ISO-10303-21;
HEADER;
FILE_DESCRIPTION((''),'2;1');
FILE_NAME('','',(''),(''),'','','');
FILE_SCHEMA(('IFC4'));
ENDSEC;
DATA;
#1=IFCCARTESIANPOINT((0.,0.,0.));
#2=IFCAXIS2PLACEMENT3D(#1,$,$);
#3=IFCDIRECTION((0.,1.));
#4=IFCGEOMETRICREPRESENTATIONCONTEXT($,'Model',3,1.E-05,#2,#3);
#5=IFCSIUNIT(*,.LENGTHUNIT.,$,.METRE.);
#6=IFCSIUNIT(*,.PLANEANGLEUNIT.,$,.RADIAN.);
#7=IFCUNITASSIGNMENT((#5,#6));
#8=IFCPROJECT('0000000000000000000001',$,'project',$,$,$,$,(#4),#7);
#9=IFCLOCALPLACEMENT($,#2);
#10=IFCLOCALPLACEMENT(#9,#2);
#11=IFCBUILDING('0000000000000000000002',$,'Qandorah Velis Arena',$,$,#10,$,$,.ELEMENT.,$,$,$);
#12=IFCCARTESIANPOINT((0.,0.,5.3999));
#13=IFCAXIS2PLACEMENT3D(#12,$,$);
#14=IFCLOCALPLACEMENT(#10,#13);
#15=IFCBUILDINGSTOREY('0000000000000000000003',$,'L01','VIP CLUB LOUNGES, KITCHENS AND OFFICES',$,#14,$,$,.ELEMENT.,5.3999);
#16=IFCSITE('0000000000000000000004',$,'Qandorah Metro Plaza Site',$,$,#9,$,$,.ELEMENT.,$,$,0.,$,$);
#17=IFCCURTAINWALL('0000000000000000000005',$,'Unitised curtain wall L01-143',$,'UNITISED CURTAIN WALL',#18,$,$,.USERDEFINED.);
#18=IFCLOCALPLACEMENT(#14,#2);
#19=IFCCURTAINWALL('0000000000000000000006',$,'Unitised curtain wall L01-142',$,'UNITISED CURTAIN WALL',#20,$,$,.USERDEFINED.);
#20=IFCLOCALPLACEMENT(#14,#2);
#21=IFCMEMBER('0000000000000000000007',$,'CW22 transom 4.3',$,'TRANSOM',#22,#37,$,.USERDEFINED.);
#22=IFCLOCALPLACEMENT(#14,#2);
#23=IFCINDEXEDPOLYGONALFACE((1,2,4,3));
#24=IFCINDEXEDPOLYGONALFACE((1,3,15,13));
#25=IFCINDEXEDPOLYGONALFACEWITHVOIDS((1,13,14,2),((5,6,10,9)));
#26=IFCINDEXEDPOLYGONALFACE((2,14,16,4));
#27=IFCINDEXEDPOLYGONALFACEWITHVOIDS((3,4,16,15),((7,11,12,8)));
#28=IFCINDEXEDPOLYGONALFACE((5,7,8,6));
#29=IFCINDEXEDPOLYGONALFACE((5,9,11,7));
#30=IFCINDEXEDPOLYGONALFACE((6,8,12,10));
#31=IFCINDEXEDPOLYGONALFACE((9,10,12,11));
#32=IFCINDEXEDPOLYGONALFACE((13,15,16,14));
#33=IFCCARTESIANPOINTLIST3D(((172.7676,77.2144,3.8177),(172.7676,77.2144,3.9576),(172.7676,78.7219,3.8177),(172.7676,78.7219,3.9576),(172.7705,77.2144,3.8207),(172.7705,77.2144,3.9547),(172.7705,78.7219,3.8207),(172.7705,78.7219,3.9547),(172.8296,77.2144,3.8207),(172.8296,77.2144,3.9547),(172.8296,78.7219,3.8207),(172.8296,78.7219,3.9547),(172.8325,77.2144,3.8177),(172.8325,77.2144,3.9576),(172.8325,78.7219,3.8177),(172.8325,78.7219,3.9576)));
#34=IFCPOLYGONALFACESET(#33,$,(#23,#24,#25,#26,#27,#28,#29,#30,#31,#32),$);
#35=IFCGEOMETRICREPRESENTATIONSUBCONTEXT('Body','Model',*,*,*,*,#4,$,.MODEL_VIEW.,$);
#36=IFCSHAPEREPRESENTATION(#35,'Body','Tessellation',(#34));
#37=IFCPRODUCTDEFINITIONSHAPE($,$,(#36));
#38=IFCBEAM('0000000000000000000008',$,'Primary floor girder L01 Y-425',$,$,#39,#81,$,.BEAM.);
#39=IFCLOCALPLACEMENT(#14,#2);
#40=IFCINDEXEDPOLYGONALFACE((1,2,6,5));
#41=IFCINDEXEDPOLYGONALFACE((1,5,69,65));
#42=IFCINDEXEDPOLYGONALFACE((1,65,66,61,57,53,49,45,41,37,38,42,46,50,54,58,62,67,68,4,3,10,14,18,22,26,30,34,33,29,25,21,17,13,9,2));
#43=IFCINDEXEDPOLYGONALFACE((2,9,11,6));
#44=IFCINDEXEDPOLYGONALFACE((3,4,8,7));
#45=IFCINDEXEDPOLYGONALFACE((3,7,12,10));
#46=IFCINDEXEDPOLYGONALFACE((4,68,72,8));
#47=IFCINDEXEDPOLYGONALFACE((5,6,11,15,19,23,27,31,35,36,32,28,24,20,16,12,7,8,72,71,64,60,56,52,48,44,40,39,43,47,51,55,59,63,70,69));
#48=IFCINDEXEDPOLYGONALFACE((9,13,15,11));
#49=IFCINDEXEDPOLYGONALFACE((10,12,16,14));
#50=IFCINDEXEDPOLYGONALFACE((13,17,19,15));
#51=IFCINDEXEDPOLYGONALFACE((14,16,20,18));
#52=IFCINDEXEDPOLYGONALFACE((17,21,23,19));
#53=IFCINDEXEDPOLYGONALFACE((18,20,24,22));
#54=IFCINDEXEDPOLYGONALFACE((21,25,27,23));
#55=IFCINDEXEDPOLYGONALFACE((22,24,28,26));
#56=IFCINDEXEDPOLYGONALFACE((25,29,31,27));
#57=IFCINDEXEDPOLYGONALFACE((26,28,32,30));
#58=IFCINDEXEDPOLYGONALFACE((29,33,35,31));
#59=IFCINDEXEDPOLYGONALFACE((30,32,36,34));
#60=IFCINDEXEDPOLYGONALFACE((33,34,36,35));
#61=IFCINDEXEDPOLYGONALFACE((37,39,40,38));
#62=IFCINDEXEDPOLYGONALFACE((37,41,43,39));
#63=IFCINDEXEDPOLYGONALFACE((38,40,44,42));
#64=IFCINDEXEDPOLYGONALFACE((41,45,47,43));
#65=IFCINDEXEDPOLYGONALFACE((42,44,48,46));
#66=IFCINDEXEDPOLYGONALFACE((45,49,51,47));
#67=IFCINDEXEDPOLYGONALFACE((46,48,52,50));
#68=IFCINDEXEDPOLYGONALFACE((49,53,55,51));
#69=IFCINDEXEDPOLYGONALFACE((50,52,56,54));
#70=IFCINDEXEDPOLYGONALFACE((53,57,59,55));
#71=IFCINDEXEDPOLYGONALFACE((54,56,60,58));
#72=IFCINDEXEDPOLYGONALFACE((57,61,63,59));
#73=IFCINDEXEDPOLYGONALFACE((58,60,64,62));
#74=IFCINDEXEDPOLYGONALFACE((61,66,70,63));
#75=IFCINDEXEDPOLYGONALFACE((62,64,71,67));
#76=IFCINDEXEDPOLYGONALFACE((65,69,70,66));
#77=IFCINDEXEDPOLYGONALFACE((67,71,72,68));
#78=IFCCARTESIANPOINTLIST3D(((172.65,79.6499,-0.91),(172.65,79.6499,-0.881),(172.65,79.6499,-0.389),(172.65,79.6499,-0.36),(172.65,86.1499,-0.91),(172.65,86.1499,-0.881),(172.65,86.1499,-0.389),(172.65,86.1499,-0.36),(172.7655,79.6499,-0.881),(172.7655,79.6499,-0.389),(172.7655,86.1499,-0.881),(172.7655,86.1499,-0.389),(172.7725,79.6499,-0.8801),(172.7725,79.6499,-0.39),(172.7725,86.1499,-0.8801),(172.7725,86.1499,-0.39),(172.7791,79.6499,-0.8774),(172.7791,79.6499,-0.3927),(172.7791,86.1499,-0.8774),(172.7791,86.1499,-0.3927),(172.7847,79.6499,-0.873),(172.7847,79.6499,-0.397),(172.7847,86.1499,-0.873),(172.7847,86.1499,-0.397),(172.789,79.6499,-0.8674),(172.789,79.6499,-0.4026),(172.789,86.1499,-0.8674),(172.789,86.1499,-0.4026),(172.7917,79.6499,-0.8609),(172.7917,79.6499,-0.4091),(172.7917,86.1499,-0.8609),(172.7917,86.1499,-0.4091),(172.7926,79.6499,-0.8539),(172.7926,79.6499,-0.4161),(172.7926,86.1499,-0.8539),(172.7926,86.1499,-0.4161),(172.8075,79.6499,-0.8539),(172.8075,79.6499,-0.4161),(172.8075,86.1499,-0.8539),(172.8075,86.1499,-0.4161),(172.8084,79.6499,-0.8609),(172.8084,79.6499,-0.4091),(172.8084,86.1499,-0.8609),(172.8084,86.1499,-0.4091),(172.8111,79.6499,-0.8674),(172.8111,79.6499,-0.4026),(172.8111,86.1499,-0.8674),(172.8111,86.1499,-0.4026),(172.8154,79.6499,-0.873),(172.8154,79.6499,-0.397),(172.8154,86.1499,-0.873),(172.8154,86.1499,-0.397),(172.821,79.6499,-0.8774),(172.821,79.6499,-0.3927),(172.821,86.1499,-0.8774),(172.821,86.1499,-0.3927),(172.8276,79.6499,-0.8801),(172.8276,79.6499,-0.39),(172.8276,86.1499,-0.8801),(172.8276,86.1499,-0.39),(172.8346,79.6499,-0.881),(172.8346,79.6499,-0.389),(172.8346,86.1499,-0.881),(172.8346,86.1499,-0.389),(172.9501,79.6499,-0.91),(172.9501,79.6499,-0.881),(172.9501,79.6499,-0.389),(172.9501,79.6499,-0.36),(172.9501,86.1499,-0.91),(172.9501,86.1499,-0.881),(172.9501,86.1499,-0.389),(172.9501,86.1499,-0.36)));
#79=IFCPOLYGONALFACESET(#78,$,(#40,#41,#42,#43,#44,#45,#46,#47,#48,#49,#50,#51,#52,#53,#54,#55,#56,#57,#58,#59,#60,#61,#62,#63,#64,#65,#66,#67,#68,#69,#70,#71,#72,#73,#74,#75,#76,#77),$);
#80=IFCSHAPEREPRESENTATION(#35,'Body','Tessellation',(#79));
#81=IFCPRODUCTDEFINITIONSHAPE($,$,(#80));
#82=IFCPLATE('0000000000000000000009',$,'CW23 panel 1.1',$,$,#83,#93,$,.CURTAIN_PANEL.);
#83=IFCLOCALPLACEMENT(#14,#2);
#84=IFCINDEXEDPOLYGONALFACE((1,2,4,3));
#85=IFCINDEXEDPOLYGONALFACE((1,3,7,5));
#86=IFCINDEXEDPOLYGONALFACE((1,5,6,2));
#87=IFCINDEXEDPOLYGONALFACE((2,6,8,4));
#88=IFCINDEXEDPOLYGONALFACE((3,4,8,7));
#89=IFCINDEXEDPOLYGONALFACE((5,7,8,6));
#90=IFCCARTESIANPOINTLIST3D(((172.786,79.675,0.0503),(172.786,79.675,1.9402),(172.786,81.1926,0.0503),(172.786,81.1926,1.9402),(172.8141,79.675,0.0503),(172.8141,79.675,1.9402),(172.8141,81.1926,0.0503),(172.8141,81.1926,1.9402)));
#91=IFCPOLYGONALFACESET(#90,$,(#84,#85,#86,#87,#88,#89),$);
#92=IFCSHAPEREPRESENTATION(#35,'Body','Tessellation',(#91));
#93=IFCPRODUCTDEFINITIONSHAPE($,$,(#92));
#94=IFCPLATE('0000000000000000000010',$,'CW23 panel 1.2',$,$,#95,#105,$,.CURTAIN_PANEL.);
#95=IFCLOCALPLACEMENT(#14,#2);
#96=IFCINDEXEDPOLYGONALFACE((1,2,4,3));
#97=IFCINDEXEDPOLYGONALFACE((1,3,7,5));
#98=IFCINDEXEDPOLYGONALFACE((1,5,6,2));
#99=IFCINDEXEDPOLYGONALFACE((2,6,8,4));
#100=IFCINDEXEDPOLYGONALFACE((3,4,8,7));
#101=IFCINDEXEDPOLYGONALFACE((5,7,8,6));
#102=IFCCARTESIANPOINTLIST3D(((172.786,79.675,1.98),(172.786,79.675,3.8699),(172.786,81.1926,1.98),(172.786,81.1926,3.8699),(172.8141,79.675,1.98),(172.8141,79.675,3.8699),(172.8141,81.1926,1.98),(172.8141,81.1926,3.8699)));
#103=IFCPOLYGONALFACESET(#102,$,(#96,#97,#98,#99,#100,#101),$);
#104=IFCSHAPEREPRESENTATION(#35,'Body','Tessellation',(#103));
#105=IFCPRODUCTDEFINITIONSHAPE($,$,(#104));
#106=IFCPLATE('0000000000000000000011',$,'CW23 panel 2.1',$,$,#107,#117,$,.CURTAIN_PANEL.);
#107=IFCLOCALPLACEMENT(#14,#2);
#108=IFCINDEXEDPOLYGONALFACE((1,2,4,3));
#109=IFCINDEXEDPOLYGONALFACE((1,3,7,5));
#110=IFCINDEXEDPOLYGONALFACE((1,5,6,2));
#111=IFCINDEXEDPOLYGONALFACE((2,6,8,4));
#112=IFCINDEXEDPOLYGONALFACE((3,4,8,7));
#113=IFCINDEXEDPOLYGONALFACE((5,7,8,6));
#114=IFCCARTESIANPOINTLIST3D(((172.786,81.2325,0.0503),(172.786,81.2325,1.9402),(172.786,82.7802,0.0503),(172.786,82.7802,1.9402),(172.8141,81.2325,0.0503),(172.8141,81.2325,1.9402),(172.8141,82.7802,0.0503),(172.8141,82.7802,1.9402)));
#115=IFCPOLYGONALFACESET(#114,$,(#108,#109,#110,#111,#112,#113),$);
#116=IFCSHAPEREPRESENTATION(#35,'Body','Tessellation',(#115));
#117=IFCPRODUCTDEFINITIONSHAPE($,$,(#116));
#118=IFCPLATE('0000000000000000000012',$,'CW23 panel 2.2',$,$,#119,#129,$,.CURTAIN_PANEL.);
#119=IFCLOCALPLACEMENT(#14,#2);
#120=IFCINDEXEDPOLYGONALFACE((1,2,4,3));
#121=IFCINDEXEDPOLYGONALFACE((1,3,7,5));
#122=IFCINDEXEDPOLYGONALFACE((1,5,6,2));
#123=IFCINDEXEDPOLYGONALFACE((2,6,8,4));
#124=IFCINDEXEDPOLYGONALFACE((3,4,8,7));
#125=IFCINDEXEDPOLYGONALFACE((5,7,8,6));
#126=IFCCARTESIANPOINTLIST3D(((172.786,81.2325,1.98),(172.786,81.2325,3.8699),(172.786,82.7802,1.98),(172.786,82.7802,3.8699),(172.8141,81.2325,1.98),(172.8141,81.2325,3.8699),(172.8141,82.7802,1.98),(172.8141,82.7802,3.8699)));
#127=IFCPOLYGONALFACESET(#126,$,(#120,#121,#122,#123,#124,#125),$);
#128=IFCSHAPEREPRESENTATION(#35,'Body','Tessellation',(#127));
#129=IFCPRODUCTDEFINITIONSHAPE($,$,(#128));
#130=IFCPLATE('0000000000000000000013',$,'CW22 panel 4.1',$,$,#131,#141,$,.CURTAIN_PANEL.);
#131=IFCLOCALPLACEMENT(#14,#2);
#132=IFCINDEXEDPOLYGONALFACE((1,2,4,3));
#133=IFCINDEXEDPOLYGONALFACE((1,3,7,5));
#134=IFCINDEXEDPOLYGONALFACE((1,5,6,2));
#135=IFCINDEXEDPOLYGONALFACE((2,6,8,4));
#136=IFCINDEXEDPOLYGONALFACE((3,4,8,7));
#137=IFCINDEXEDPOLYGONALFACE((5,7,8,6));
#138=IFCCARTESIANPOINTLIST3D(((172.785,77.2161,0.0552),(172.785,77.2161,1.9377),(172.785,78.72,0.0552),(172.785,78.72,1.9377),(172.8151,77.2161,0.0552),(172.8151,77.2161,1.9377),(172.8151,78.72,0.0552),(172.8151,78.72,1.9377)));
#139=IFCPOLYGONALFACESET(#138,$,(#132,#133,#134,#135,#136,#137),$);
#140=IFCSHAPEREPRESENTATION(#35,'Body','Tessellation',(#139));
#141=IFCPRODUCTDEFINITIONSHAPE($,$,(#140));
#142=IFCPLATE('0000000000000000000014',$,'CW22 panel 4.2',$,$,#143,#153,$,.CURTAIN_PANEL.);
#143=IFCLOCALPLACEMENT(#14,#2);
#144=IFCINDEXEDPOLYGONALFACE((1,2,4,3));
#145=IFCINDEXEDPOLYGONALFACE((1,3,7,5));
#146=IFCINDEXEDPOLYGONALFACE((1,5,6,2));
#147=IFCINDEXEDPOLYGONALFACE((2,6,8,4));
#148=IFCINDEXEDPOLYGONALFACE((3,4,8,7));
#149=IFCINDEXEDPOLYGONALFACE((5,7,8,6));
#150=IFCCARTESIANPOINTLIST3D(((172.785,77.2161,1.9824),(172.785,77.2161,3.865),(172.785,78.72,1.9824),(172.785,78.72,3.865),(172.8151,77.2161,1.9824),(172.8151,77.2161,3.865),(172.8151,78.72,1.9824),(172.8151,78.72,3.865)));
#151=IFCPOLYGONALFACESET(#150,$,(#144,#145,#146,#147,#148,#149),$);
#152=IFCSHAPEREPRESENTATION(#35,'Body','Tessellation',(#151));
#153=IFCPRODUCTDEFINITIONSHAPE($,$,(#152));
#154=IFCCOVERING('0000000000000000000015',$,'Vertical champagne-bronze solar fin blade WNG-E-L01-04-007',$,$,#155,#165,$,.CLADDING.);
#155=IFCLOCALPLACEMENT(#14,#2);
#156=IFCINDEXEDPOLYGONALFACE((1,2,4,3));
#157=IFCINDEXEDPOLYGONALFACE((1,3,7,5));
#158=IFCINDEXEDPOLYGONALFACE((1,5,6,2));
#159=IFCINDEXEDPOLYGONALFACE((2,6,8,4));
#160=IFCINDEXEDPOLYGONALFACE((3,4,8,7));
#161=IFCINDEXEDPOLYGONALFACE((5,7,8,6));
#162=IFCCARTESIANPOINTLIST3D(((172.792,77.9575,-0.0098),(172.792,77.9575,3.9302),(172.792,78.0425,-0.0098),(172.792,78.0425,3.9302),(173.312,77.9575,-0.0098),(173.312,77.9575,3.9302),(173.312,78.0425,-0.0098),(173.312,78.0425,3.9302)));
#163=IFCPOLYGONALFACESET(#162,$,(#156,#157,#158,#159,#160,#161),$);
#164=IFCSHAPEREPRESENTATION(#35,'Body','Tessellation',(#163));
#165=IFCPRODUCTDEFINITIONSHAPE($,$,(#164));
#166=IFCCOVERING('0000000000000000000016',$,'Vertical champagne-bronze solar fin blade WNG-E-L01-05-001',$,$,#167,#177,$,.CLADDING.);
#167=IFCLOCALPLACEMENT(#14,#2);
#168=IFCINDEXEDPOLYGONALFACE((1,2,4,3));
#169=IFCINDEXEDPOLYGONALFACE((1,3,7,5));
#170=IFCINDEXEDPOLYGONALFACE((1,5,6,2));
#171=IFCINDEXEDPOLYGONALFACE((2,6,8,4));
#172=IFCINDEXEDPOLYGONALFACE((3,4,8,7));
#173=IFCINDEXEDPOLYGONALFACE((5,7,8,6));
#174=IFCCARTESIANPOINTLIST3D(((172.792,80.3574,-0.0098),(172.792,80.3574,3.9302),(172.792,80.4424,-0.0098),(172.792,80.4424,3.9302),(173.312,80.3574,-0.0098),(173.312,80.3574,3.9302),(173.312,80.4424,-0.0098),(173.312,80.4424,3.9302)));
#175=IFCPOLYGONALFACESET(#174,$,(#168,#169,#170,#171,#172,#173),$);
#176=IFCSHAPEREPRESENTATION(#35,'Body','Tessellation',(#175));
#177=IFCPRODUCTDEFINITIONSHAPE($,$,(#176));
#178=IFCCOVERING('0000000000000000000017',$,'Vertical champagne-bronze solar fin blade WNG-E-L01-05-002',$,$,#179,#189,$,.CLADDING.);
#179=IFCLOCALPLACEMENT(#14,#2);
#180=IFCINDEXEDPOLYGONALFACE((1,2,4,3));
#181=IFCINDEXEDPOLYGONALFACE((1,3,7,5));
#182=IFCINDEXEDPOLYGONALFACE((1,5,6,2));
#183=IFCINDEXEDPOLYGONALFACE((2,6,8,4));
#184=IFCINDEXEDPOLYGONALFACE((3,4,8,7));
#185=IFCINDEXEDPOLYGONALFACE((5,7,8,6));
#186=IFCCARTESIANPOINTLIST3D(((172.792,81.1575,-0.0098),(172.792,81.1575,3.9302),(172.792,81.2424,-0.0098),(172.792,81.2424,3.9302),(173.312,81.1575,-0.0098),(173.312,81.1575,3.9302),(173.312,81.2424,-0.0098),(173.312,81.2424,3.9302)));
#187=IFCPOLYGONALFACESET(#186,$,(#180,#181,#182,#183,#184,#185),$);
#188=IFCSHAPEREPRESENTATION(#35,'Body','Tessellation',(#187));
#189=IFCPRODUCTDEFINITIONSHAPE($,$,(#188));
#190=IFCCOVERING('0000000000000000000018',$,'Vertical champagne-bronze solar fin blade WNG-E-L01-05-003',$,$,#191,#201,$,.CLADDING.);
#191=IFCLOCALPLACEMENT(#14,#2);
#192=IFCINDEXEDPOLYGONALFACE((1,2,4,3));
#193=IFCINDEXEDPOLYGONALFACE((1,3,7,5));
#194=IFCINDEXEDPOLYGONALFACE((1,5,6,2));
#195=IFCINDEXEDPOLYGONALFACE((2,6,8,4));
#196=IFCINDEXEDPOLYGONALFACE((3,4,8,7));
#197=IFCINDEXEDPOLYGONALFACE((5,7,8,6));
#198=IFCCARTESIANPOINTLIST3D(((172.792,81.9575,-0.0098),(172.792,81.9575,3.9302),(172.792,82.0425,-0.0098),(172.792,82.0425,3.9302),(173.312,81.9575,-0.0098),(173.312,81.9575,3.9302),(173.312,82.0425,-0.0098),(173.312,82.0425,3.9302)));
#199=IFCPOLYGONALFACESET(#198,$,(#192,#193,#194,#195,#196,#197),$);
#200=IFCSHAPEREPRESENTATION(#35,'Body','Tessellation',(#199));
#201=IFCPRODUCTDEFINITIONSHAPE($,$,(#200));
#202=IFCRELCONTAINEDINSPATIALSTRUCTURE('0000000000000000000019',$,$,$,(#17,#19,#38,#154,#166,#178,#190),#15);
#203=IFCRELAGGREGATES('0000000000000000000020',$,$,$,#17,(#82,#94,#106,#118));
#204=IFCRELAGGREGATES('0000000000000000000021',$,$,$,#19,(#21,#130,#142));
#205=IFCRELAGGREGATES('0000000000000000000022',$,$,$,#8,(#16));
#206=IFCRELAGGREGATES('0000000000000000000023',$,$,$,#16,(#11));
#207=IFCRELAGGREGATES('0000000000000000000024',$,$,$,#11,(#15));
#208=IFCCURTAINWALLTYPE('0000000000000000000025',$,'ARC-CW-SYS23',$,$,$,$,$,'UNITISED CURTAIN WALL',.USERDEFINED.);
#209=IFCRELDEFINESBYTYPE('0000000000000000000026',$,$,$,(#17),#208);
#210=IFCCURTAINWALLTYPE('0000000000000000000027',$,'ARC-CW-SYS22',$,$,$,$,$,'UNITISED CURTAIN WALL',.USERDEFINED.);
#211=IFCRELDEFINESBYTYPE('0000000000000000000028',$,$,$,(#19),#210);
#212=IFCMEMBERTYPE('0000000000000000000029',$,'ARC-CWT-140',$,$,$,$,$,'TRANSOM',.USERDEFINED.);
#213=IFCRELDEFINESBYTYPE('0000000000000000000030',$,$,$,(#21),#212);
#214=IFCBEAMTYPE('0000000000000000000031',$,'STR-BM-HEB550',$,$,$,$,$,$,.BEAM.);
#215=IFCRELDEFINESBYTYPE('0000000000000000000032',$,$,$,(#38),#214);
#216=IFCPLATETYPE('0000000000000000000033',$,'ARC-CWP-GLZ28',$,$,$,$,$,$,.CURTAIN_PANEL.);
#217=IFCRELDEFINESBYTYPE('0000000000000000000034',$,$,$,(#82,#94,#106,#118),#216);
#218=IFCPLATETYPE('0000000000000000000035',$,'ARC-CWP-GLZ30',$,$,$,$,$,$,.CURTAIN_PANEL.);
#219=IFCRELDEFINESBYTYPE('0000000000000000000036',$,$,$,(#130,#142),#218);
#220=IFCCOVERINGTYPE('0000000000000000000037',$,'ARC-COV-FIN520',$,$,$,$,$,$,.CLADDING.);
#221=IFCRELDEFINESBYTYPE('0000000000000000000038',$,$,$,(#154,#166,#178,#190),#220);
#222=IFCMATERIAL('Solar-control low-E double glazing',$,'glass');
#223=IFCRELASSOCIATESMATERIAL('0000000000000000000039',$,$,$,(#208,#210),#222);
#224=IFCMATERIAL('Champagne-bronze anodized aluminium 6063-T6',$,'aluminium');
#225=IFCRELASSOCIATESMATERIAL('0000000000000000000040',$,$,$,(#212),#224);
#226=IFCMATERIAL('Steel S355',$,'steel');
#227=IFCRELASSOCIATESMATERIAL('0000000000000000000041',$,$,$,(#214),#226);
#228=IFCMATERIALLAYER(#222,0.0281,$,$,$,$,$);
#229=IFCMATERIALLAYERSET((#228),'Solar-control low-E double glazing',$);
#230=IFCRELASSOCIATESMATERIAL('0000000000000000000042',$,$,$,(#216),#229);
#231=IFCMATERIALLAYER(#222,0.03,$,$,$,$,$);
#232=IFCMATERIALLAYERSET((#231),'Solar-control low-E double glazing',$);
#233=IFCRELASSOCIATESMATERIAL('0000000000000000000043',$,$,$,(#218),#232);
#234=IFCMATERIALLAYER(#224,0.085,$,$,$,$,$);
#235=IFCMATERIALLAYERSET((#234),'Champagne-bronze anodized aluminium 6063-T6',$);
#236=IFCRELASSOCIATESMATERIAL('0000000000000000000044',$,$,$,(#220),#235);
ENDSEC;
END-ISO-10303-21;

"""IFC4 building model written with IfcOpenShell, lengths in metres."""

from ifc_helpers import new_model, si_unit, direction, frame, origin, origin_2d, place, context, subcontext, project, spatial, rectangle, hollow_rectangle, i_section, extrude, material, layer, layer_set, material_profile, profile_set, type_object, element, aggregate, save


model = new_model("IFC4")

# Units and contexts
model_context = context("Model", 3, precision=1e-05, world=origin(), true_north=direction((0.0, 1.0)))
body_context = subcontext(model_context, "Body", "Model", "MODEL_VIEW")
ifc_project = project(units=[si_unit("LENGTHUNIT", "METRE"), si_unit("PLANEANGLEUNIT", "RADIAN")], contexts=[model_context])

# Site, building, storey
site_placement = place(None, origin())
site = spatial("IfcSite", under=ifc_project, at=site_placement, Name="Qandorah Metro Plaza Site", CompositionType="ELEMENT", RefElevation=0.0)
building_placement = place(site_placement, origin())
building = spatial("IfcBuilding", under=site, at=building_placement, Name="Qandorah Velis Arena", CompositionType="ELEMENT")
storey_placement = place(building_placement, frame((0.0, 0.0, 5.3999)))
storey = spatial("IfcBuildingStorey", under=building, at=storey_placement, Name="L01", Description="VIP CLUB LOUNGES, KITCHENS AND OFFICES", CompositionType="ELEMENT", Elevation=5.3999)

# Curtain wall
ifc_material_1 = material(Name="Solar-control low-E double glazing", Category="glass")
curtain_wall_type_1 = type_object("IfcCurtainWallType", Name="ARC-CW-SYS23", ElementType="UNITISED CURTAIN WALL", PredefinedType="USERDEFINED", material=ifc_material_1)
curtain_wall_1_placement = place(storey_placement, origin())
curtain_wall_1 = element("IfcCurtainWall", 1, at=curtain_wall_1_placement, inside=storey, type_object=curtain_wall_type_1, Name="Unitised curtain wall L01-143", ObjectType="UNITISED CURTAIN WALL", PredefinedType="USERDEFINED")
ifc_material_2 = material(Name="Champagne-bronze anodized aluminium 6063-T6", Category="aluminium")

# Curtain wall
curtain_wall_type_2 = type_object("IfcCurtainWallType", Name="ARC-CW-SYS22", ElementType="UNITISED CURTAIN WALL", PredefinedType="USERDEFINED", material=ifc_material_1)
curtain_wall_2_placement = place(storey_placement, origin())
curtain_wall_2 = element("IfcCurtainWall", 2, at=curtain_wall_2_placement, inside=storey, type_object=curtain_wall_type_2, Name="Unitised curtain wall L01-142", ObjectType="UNITISED CURTAIN WALL", PredefinedType="USERDEFINED")

# Member
ifc_material_profile_1 = material_profile(ifc_material_2, hollow_rectangle(XDim=0.0649, YDim=0.1399, WallThickness=0.0029, at=origin_2d()), Name="ALU TRANSOM 65x140")
ifc_profile_set_1 = profile_set([ifc_material_profile_1], Name="Champagne-bronze anodized aluminium 6063-T6")
member_type_1 = type_object("IfcMemberType", Name="ARC-CWT-140", ElementType="TRANSOM", PredefinedType="USERDEFINED", material=ifc_profile_set_1)
member_1_placement = place(storey_placement, frame((172.8, 77.2144, 3.8877), z_axis=(0.0, 1.0, 0.0), x_axis=(-1.0, 0.0, 0.0)))
member_1 = element("IfcMember", 3, at=member_1_placement, type_object=member_type_1, Name="CW22 transom 4.3", ObjectType="TRANSOM", PredefinedType="USERDEFINED", context=body_context, shape_type="SweptSolid", body=[
    extrude(hollow_rectangle(XDim=0.0649, YDim=0.1399, WallThickness=0.0029, at=origin_2d()), origin(), (0.0, 0.0, 1.0), 1.5076),
])

# Beam
ifc_material_3 = material(Name="Steel S355", Category="steel")
ifc_material_profile_2 = material_profile(ifc_material_3, i_section(OverallWidth=0.3, OverallDepth=0.55, WebThickness=0.0149, FlangeThickness=0.0291, FilletRadius=0.0271, at=origin_2d()), Name="HEB 550")
ifc_profile_set_2 = profile_set([ifc_material_profile_2], Name="Steel S355")
beam_type = type_object("IfcBeamType", Name="STR-BM-HEB550", PredefinedType="BEAM", material=ifc_profile_set_2)
beam_placement = place(storey_placement, frame((172.8, 79.6499, -0.635), z_axis=(0.0, 1.0, 0.0), x_axis=(-1.0, 0.0, 0.0)))
element("IfcBeam", 4, at=beam_placement, inside=storey, type_object=beam_type, Name="Primary floor girder L01 Y-425", PredefinedType="BEAM", context=body_context, shape_type="SweptSolid", body=[
    extrude(i_section(OverallWidth=0.3, OverallDepth=0.55, WebThickness=0.0149, FlangeThickness=0.0291, FilletRadius=0.0271, at=origin_2d()), origin(), (0.0, 0.0, 1.0), 6.5),
])

# Plates
ifc_layer_1 = layer(ifc_material_1, 0.0281)
ifc_layer_set_1 = layer_set([ifc_layer_1], Name="Solar-control low-E double glazing")
plate_type_1 = type_object("IfcPlateType", Name="ARC-CWP-GLZ28", PredefinedType="CURTAIN_PANEL", material=ifc_layer_set_1)
plate_1_placement = place(storey_placement, frame((172.8, 80.4338, 0.0503), z_axis=(0.0, 0.0, 1.0), x_axis=(0.0, 1.0, 0.0)))
plate_1 = element("IfcPlate", 5, at=plate_1_placement, type_object=plate_type_1, Name="CW23 panel 1.1", PredefinedType="CURTAIN_PANEL", context=body_context, shape_type="SweptSolid", body=[
    extrude(rectangle(XDim=1.5176, YDim=0.0281, at=origin_2d()), origin(), (0.0, 0.0, 1.0), 1.8899),
])
plate_2_placement = place(storey_placement, frame((172.8, 80.4338, 1.98), z_axis=(0.0, 0.0, 1.0), x_axis=(0.0, 1.0, 0.0)))
plate_2 = element("IfcPlate", 6, at=plate_2_placement, type_object=plate_type_1, Name="CW23 panel 1.2", PredefinedType="CURTAIN_PANEL", context=body_context, shape_type="SweptSolid", body=[
    extrude(rectangle(XDim=1.5176, YDim=0.0281, at=origin_2d()), origin(), (0.0, 0.0, 1.0), 1.8899),
])
plate_3_placement = place(storey_placement, frame((172.8, 82.0063, 0.0503), z_axis=(0.0, 0.0, 1.0), x_axis=(0.0, 1.0, 0.0)))
plate_3 = element("IfcPlate", 7, at=plate_3_placement, type_object=plate_type_1, Name="CW23 panel 2.1", PredefinedType="CURTAIN_PANEL", context=body_context, shape_type="SweptSolid", body=[
    extrude(rectangle(XDim=1.5476, YDim=0.0281, at=origin_2d()), origin(), (0.0, 0.0, 1.0), 1.8899),
])
plate_4_placement = place(storey_placement, frame((172.8, 82.0063, 1.98), z_axis=(0.0, 0.0, 1.0), x_axis=(0.0, 1.0, 0.0)))
plate_4 = element("IfcPlate", 8, at=plate_4_placement, type_object=plate_type_1, Name="CW23 panel 2.2", PredefinedType="CURTAIN_PANEL", context=body_context, shape_type="SweptSolid", body=[
    extrude(rectangle(XDim=1.5476, YDim=0.0281, at=origin_2d()), origin(), (0.0, 0.0, 1.0), 1.8899),
])
aggregate(curtain_wall_1, [plate_1, plate_2, plate_3, plate_4])
ifc_layer_2 = layer(ifc_material_1, 0.03)
ifc_layer_set_2 = layer_set([ifc_layer_2], Name="Solar-control low-E double glazing")
plate_type_2 = type_object("IfcPlateType", Name="ARC-CWP-GLZ30", PredefinedType="CURTAIN_PANEL", material=ifc_layer_set_2)
plate_5_placement = place(storey_placement, frame((172.8, 77.968, 0.0552), z_axis=(0.0, 0.0, 1.0), x_axis=(0.0, 1.0, 0.0)))
plate_5 = element("IfcPlate", 9, at=plate_5_placement, type_object=plate_type_2, Name="CW22 panel 4.1", PredefinedType="CURTAIN_PANEL", context=body_context, shape_type="SweptSolid", body=[
    extrude(rectangle(XDim=1.5039, YDim=0.03, at=origin_2d()), origin(), (0.0, 0.0, 1.0), 1.8826),
])
plate_6_placement = place(storey_placement, frame((172.8, 77.968, 1.9824), z_axis=(0.0, 0.0, 1.0), x_axis=(0.0, 1.0, 0.0)))
plate_6 = element("IfcPlate", 10, at=plate_6_placement, type_object=plate_type_2, Name="CW22 panel 4.2", PredefinedType="CURTAIN_PANEL", context=body_context, shape_type="SweptSolid", body=[
    extrude(rectangle(XDim=1.5039, YDim=0.03, at=origin_2d()), origin(), (0.0, 0.0, 1.0), 1.8826),
])
aggregate(curtain_wall_2, [member_1, plate_5, plate_6])

# Coverings
ifc_layer_3 = layer(ifc_material_2, 0.085)
ifc_layer_set_3 = layer_set([ifc_layer_3], Name="Champagne-bronze anodized aluminium 6063-T6")
covering_type = type_object("IfcCoveringType", Name="ARC-COV-FIN520", PredefinedType="CLADDING", material=ifc_layer_set_3)
for number, where, z_axis, x_axis, name in (
    (11, (173.052, 78.0, -0.0098), (0.0, 0.0, 1.0), (1.0, 0.0, 0.0), "Vertical champagne-bronze solar fin blade WNG-E-L01-04-007"),
    (12, (173.052, 80.3999, -0.0098), (0.0, 0.0, 1.0), (1.0, 0.0, 0.0), "Vertical champagne-bronze solar fin blade WNG-E-L01-05-001"),
    (13, (173.052, 81.2, -0.0098), (0.0, 0.0, 1.0), (1.0, 0.0, 0.0), "Vertical champagne-bronze solar fin blade WNG-E-L01-05-002"),
    (14, (173.052, 82.0, -0.0098), (0.0, 0.0, 1.0), (1.0, 0.0, 0.0), "Vertical champagne-bronze solar fin blade WNG-E-L01-05-003"),
):
    element("IfcCovering", number, at=place(storey_placement, frame(where, z_axis=z_axis, x_axis=x_axis)), inside=storey, type_object=covering_type, Name=name, PredefinedType="CLADDING", context=body_context, shape_type="SweptSolid", body=[
        extrude(rectangle(XDim=0.52, YDim=0.085, at=origin_2d()), origin(), (0.0, 0.0, 1.0), 3.9399),
    ])

save(model, "model.ifc")
